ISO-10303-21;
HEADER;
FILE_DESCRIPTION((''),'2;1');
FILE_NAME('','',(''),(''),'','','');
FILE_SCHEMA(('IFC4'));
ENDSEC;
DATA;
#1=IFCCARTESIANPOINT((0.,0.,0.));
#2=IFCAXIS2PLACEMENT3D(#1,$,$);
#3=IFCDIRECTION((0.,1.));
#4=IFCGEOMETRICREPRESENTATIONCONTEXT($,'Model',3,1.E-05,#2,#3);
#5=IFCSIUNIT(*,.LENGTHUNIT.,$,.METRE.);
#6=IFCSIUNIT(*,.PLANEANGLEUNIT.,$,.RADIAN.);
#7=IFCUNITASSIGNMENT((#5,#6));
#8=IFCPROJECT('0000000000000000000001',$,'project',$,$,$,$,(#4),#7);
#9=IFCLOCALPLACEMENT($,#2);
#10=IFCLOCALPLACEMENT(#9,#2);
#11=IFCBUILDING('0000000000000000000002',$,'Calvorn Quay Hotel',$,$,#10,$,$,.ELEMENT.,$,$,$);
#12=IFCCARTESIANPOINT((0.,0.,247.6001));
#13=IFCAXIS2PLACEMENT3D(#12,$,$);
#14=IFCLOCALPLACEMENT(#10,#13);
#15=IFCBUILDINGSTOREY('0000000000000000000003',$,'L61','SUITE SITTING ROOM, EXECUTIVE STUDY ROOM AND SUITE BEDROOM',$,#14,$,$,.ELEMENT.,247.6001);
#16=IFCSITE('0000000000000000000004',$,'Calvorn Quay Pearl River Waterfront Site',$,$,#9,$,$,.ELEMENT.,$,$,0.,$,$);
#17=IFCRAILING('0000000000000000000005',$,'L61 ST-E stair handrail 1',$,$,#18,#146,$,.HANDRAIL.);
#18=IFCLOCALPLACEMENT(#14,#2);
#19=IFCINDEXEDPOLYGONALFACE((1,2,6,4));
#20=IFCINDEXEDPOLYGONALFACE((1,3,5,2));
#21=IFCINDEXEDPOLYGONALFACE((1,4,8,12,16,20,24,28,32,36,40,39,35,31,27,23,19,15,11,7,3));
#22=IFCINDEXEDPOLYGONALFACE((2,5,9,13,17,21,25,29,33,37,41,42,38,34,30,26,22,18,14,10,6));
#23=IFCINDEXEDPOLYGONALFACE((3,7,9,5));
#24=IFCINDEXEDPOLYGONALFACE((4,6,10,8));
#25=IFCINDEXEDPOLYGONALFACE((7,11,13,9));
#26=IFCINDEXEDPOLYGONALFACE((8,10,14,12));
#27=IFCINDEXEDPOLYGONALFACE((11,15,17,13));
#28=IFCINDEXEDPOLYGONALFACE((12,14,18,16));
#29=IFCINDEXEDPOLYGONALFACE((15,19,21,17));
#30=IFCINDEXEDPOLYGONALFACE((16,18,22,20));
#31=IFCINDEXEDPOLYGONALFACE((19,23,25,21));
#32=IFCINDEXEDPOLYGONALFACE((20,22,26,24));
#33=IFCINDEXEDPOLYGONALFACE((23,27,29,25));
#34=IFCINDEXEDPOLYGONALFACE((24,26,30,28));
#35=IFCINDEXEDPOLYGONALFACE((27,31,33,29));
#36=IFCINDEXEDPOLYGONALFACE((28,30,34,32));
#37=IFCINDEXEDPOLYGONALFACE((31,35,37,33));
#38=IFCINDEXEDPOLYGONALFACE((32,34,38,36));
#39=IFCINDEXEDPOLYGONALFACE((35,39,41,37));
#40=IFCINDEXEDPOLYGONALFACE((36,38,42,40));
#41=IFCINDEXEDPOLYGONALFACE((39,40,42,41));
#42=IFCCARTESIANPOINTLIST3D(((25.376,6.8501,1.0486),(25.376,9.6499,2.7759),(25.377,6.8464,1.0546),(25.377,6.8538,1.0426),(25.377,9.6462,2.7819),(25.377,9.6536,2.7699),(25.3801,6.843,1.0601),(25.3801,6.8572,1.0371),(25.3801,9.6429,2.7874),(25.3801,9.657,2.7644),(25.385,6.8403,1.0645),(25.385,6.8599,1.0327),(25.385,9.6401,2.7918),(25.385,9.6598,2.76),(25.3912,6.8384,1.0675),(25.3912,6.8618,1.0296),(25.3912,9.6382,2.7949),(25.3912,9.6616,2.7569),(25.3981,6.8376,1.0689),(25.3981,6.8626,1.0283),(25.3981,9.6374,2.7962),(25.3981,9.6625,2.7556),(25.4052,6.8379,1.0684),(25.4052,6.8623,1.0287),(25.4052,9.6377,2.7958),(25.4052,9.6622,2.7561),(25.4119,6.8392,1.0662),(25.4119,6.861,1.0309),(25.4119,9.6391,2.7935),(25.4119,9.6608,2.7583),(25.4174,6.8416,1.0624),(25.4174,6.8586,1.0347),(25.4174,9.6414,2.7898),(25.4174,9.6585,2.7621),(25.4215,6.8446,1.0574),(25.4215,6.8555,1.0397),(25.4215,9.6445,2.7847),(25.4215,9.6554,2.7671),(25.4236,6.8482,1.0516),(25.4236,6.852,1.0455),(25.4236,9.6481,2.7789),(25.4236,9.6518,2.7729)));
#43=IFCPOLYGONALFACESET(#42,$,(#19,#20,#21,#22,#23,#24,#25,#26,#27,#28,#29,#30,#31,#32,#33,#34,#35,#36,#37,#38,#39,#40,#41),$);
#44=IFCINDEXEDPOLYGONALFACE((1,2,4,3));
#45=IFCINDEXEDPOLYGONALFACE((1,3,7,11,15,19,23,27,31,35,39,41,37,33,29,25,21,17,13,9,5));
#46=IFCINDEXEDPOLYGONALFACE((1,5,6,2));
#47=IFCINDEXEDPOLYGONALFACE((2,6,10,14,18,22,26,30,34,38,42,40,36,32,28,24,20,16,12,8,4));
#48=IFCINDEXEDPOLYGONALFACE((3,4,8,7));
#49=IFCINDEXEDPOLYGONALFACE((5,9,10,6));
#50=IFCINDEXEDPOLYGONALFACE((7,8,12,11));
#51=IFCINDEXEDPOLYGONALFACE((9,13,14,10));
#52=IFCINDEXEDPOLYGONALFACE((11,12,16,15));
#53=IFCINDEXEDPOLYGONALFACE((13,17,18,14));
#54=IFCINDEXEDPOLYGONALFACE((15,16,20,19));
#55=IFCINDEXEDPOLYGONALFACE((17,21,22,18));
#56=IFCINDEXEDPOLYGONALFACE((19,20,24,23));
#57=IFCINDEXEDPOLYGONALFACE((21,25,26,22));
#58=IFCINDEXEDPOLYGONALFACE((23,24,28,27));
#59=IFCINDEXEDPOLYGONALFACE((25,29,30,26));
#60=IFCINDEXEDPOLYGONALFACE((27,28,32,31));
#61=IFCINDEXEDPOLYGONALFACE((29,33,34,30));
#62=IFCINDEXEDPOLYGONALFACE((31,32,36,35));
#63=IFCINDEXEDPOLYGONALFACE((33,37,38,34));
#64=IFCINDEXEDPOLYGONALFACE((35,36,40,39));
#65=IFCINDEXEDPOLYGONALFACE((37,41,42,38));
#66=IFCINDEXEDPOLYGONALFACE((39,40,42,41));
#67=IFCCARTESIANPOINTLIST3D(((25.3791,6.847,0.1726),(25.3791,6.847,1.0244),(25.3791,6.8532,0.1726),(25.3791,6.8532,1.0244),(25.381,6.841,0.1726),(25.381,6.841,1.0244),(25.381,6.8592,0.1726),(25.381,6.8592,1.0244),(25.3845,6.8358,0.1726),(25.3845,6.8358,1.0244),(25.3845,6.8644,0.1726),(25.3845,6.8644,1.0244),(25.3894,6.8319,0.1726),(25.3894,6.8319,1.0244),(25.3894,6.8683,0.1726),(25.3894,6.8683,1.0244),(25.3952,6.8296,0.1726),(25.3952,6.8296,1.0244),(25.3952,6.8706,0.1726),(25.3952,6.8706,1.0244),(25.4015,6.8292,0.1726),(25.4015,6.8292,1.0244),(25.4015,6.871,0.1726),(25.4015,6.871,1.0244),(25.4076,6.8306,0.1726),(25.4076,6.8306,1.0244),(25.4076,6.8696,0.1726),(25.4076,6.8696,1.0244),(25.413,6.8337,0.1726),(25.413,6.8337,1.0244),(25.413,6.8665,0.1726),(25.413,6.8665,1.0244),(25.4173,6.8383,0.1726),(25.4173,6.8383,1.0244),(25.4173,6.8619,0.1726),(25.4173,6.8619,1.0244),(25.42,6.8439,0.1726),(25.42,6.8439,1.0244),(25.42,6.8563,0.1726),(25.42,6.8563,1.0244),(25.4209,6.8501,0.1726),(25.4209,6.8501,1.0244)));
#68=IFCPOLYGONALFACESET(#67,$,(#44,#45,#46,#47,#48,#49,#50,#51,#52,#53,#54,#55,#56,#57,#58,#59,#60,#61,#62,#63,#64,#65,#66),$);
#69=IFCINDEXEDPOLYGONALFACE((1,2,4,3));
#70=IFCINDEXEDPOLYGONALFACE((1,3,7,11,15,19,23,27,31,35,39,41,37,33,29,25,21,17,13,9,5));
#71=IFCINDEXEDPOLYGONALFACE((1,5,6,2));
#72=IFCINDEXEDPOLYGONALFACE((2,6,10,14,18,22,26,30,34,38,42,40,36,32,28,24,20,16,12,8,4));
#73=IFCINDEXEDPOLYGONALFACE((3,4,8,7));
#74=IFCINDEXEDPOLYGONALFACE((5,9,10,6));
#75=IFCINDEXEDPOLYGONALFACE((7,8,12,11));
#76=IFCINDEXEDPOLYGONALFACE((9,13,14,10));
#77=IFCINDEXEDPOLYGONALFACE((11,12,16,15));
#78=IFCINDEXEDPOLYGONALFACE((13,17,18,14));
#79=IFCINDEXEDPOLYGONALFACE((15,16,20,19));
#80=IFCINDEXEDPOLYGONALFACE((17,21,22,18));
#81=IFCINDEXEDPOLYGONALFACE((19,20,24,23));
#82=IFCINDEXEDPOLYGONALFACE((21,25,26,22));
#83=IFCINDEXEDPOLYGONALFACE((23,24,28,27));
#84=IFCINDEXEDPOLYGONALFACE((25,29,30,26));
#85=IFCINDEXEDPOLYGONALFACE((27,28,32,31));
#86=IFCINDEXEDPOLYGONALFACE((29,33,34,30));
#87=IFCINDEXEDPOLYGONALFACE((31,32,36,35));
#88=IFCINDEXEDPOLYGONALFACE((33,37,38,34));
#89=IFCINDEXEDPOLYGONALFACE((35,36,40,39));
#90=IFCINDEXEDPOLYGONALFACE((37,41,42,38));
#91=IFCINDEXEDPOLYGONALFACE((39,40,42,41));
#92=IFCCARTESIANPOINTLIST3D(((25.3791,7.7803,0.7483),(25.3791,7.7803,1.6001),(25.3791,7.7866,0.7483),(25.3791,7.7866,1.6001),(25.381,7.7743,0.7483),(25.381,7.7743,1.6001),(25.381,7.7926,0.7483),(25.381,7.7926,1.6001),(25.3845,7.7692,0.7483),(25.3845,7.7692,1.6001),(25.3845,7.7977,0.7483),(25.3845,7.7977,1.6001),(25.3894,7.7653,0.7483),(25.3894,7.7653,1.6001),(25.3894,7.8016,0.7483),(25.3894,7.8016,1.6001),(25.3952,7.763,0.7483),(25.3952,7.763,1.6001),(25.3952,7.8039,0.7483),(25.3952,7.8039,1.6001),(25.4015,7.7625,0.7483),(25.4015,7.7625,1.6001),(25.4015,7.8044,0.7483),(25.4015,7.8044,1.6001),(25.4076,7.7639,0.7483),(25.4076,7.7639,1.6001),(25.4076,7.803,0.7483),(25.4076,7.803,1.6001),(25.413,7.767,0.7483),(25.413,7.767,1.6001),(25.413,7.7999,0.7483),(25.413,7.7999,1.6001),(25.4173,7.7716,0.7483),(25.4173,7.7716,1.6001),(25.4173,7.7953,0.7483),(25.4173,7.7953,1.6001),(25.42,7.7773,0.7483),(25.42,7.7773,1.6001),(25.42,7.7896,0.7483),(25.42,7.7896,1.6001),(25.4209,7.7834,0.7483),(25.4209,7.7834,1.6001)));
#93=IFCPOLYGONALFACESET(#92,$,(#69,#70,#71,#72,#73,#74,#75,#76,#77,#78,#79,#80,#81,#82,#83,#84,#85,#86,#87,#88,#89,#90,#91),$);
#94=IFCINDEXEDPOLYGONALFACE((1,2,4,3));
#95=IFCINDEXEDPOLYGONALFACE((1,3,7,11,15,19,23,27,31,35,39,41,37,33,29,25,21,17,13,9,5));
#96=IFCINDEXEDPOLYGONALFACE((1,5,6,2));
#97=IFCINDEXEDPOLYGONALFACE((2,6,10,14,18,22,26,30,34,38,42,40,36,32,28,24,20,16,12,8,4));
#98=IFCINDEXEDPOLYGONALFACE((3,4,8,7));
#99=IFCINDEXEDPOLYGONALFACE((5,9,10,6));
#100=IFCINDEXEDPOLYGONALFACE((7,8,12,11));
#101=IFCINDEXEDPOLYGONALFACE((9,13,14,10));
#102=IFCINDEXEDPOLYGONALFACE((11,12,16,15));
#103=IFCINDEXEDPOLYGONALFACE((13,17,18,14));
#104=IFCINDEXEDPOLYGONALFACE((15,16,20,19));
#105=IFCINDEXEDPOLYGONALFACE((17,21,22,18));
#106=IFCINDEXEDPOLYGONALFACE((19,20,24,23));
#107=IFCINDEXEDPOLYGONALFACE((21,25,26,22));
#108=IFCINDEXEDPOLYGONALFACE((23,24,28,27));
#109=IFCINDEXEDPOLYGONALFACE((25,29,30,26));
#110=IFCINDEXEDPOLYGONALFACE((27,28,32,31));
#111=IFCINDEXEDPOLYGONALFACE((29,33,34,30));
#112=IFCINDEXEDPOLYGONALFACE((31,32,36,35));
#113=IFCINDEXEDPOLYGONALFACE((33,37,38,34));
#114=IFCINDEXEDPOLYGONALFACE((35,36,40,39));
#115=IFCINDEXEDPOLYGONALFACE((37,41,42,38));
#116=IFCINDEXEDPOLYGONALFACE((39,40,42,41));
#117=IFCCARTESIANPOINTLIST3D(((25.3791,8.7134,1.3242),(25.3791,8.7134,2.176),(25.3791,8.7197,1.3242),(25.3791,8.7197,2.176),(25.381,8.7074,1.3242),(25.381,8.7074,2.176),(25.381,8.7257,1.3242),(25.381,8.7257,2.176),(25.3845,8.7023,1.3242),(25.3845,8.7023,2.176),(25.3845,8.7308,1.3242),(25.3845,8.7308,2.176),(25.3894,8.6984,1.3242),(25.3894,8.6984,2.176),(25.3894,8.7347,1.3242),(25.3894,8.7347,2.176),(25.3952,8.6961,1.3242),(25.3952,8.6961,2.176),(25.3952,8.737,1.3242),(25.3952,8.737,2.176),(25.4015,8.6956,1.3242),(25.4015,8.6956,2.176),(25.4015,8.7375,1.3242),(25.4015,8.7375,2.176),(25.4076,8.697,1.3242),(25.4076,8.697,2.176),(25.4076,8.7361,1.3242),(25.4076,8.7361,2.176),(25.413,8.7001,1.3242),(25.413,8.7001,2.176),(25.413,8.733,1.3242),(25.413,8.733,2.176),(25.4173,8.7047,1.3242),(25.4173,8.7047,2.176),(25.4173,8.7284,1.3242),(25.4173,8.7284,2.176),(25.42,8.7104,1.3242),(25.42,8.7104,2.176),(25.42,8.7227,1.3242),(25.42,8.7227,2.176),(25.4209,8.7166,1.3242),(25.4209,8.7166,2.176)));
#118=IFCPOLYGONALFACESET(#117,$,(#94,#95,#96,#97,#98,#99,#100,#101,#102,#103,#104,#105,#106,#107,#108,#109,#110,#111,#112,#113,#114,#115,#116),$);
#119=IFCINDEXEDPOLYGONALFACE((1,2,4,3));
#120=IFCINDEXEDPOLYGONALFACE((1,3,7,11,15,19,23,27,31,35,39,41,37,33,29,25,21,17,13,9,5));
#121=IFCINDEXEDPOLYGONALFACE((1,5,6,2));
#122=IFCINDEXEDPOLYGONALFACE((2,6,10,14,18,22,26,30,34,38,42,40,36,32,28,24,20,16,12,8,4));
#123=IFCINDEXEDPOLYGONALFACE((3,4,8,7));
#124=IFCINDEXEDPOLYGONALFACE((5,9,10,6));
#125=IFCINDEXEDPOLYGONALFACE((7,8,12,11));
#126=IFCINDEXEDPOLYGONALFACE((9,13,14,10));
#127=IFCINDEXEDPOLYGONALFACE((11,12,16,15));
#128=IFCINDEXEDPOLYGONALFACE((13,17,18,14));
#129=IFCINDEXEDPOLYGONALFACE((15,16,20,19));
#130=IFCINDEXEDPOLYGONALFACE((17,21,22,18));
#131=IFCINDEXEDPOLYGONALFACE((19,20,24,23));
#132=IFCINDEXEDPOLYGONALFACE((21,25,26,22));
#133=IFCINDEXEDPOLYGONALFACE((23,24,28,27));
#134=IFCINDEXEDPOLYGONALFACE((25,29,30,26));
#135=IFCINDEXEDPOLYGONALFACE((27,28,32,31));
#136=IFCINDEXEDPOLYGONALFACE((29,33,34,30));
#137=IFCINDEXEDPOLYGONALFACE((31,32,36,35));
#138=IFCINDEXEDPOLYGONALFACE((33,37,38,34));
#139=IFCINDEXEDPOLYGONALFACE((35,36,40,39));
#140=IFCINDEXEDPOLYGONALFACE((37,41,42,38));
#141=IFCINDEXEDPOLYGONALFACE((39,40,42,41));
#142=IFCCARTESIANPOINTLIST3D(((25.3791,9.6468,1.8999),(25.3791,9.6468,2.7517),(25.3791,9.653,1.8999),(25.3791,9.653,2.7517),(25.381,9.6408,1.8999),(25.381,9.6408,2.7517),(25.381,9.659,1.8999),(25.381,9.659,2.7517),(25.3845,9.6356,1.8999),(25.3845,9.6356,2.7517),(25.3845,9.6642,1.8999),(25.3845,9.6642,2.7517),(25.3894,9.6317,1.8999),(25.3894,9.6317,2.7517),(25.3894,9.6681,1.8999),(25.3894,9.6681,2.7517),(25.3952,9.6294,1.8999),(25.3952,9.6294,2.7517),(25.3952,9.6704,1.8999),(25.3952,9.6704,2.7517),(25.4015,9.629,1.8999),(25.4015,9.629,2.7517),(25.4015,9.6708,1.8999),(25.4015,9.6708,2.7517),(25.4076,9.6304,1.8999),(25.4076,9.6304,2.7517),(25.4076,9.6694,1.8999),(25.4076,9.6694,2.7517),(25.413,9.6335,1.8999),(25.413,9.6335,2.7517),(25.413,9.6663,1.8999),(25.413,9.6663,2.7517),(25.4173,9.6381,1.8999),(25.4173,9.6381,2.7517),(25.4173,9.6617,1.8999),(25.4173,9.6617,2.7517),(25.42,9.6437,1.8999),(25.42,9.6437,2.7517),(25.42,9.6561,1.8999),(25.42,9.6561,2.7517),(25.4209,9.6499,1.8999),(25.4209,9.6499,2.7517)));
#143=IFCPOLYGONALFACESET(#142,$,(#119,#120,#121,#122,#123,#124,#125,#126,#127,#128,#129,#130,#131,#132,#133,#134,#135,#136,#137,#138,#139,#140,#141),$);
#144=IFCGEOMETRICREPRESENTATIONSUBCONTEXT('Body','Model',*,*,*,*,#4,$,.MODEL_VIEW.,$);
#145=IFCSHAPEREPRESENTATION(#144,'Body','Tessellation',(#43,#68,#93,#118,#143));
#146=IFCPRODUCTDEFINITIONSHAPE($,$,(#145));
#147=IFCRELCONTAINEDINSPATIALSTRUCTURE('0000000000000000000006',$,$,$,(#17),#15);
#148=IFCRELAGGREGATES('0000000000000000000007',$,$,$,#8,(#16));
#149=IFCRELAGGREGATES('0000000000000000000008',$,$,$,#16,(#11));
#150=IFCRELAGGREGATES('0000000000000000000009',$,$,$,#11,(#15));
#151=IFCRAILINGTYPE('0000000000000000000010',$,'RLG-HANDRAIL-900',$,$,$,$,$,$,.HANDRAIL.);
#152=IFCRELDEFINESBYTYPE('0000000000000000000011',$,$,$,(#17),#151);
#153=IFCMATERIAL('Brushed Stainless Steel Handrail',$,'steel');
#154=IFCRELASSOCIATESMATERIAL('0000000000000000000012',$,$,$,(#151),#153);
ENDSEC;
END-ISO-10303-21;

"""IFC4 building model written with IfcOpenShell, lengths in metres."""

from ifc_helpers import new_model, si_unit, direction, frame, origin, origin_2d, place, context, subcontext, project, spatial, circle, extrude, material, type_object, element, save


model = new_model("IFC4")

# Units and contexts
model_context = context("Model", 3, precision=1e-05, world=origin(), true_north=direction((0.0, 1.0)))
body_context = subcontext(model_context, "Body", "Model", "MODEL_VIEW")
ifc_project = project(units=[si_unit("LENGTHUNIT", "METRE"), si_unit("PLANEANGLEUNIT", "RADIAN")], contexts=[model_context])

# Site, building, storey
site_placement = place(None, origin())
site = spatial("IfcSite", under=ifc_project, at=site_placement, Name="Calvorn Quay Pearl River Waterfront Site", CompositionType="ELEMENT", RefElevation=0.0)
building_placement = place(site_placement, origin())
building = spatial("IfcBuilding", under=site, at=building_placement, Name="Calvorn Quay Hotel", CompositionType="ELEMENT")
storey_placement = place(building_placement, frame((0.0, 0.0, 247.6001)))
storey = spatial("IfcBuildingStorey", under=building, at=storey_placement, Name="L61", Description="SUITE SITTING ROOM, EXECUTIVE STUDY ROOM AND SUITE BEDROOM", CompositionType="ELEMENT", Elevation=247.6001)

# Railing
ifc_material_1 = material(Name="Brushed Stainless Steel Handrail", Category="steel")
railing_type_1 = type_object("IfcRailingType", Name="RLG-HANDRAIL-900", PredefinedType="HANDRAIL", material=ifc_material_1)
railing_1_placement = place(storey_placement, frame((25.3999, 6.8501, 0.1726)))
element("IfcRailing", 1, at=railing_1_placement, inside=storey, type_object=railing_type_1, Name="L61 ST-E stair handrail 1", PredefinedType="HANDRAIL", context=body_context, shape_type="SweptSolid", body=[
    extrude(circle(Radius=0.0239, at=origin_2d()), frame((0.0, 0.0, 0.876), z_axis=(0.0, 0.851069, 0.525054), x_axis=(-1.0, 0.0, 0.0)), (0.0, 0.0, 1.0), 3.2898),
    extrude(circle(Radius=0.021, at=origin_2d()), origin(), (0.0, 0.0, 1.0), 0.8518),
    extrude(circle(Radius=0.021, at=origin_2d()), frame((0.0, 0.9333, 0.5757)), (0.0, 0.0, 1.0), 0.8518),
    extrude(circle(Radius=0.021, at=origin_2d()), frame((0.0, 1.8665, 1.1516)), (0.0, 0.0, 1.0), 0.8518),
    extrude(circle(Radius=0.021, at=origin_2d()), frame((0.0, 2.7998, 1.7273)), (0.0, 0.0, 1.0), 0.8518),
])

save(model, "model.ifc")
